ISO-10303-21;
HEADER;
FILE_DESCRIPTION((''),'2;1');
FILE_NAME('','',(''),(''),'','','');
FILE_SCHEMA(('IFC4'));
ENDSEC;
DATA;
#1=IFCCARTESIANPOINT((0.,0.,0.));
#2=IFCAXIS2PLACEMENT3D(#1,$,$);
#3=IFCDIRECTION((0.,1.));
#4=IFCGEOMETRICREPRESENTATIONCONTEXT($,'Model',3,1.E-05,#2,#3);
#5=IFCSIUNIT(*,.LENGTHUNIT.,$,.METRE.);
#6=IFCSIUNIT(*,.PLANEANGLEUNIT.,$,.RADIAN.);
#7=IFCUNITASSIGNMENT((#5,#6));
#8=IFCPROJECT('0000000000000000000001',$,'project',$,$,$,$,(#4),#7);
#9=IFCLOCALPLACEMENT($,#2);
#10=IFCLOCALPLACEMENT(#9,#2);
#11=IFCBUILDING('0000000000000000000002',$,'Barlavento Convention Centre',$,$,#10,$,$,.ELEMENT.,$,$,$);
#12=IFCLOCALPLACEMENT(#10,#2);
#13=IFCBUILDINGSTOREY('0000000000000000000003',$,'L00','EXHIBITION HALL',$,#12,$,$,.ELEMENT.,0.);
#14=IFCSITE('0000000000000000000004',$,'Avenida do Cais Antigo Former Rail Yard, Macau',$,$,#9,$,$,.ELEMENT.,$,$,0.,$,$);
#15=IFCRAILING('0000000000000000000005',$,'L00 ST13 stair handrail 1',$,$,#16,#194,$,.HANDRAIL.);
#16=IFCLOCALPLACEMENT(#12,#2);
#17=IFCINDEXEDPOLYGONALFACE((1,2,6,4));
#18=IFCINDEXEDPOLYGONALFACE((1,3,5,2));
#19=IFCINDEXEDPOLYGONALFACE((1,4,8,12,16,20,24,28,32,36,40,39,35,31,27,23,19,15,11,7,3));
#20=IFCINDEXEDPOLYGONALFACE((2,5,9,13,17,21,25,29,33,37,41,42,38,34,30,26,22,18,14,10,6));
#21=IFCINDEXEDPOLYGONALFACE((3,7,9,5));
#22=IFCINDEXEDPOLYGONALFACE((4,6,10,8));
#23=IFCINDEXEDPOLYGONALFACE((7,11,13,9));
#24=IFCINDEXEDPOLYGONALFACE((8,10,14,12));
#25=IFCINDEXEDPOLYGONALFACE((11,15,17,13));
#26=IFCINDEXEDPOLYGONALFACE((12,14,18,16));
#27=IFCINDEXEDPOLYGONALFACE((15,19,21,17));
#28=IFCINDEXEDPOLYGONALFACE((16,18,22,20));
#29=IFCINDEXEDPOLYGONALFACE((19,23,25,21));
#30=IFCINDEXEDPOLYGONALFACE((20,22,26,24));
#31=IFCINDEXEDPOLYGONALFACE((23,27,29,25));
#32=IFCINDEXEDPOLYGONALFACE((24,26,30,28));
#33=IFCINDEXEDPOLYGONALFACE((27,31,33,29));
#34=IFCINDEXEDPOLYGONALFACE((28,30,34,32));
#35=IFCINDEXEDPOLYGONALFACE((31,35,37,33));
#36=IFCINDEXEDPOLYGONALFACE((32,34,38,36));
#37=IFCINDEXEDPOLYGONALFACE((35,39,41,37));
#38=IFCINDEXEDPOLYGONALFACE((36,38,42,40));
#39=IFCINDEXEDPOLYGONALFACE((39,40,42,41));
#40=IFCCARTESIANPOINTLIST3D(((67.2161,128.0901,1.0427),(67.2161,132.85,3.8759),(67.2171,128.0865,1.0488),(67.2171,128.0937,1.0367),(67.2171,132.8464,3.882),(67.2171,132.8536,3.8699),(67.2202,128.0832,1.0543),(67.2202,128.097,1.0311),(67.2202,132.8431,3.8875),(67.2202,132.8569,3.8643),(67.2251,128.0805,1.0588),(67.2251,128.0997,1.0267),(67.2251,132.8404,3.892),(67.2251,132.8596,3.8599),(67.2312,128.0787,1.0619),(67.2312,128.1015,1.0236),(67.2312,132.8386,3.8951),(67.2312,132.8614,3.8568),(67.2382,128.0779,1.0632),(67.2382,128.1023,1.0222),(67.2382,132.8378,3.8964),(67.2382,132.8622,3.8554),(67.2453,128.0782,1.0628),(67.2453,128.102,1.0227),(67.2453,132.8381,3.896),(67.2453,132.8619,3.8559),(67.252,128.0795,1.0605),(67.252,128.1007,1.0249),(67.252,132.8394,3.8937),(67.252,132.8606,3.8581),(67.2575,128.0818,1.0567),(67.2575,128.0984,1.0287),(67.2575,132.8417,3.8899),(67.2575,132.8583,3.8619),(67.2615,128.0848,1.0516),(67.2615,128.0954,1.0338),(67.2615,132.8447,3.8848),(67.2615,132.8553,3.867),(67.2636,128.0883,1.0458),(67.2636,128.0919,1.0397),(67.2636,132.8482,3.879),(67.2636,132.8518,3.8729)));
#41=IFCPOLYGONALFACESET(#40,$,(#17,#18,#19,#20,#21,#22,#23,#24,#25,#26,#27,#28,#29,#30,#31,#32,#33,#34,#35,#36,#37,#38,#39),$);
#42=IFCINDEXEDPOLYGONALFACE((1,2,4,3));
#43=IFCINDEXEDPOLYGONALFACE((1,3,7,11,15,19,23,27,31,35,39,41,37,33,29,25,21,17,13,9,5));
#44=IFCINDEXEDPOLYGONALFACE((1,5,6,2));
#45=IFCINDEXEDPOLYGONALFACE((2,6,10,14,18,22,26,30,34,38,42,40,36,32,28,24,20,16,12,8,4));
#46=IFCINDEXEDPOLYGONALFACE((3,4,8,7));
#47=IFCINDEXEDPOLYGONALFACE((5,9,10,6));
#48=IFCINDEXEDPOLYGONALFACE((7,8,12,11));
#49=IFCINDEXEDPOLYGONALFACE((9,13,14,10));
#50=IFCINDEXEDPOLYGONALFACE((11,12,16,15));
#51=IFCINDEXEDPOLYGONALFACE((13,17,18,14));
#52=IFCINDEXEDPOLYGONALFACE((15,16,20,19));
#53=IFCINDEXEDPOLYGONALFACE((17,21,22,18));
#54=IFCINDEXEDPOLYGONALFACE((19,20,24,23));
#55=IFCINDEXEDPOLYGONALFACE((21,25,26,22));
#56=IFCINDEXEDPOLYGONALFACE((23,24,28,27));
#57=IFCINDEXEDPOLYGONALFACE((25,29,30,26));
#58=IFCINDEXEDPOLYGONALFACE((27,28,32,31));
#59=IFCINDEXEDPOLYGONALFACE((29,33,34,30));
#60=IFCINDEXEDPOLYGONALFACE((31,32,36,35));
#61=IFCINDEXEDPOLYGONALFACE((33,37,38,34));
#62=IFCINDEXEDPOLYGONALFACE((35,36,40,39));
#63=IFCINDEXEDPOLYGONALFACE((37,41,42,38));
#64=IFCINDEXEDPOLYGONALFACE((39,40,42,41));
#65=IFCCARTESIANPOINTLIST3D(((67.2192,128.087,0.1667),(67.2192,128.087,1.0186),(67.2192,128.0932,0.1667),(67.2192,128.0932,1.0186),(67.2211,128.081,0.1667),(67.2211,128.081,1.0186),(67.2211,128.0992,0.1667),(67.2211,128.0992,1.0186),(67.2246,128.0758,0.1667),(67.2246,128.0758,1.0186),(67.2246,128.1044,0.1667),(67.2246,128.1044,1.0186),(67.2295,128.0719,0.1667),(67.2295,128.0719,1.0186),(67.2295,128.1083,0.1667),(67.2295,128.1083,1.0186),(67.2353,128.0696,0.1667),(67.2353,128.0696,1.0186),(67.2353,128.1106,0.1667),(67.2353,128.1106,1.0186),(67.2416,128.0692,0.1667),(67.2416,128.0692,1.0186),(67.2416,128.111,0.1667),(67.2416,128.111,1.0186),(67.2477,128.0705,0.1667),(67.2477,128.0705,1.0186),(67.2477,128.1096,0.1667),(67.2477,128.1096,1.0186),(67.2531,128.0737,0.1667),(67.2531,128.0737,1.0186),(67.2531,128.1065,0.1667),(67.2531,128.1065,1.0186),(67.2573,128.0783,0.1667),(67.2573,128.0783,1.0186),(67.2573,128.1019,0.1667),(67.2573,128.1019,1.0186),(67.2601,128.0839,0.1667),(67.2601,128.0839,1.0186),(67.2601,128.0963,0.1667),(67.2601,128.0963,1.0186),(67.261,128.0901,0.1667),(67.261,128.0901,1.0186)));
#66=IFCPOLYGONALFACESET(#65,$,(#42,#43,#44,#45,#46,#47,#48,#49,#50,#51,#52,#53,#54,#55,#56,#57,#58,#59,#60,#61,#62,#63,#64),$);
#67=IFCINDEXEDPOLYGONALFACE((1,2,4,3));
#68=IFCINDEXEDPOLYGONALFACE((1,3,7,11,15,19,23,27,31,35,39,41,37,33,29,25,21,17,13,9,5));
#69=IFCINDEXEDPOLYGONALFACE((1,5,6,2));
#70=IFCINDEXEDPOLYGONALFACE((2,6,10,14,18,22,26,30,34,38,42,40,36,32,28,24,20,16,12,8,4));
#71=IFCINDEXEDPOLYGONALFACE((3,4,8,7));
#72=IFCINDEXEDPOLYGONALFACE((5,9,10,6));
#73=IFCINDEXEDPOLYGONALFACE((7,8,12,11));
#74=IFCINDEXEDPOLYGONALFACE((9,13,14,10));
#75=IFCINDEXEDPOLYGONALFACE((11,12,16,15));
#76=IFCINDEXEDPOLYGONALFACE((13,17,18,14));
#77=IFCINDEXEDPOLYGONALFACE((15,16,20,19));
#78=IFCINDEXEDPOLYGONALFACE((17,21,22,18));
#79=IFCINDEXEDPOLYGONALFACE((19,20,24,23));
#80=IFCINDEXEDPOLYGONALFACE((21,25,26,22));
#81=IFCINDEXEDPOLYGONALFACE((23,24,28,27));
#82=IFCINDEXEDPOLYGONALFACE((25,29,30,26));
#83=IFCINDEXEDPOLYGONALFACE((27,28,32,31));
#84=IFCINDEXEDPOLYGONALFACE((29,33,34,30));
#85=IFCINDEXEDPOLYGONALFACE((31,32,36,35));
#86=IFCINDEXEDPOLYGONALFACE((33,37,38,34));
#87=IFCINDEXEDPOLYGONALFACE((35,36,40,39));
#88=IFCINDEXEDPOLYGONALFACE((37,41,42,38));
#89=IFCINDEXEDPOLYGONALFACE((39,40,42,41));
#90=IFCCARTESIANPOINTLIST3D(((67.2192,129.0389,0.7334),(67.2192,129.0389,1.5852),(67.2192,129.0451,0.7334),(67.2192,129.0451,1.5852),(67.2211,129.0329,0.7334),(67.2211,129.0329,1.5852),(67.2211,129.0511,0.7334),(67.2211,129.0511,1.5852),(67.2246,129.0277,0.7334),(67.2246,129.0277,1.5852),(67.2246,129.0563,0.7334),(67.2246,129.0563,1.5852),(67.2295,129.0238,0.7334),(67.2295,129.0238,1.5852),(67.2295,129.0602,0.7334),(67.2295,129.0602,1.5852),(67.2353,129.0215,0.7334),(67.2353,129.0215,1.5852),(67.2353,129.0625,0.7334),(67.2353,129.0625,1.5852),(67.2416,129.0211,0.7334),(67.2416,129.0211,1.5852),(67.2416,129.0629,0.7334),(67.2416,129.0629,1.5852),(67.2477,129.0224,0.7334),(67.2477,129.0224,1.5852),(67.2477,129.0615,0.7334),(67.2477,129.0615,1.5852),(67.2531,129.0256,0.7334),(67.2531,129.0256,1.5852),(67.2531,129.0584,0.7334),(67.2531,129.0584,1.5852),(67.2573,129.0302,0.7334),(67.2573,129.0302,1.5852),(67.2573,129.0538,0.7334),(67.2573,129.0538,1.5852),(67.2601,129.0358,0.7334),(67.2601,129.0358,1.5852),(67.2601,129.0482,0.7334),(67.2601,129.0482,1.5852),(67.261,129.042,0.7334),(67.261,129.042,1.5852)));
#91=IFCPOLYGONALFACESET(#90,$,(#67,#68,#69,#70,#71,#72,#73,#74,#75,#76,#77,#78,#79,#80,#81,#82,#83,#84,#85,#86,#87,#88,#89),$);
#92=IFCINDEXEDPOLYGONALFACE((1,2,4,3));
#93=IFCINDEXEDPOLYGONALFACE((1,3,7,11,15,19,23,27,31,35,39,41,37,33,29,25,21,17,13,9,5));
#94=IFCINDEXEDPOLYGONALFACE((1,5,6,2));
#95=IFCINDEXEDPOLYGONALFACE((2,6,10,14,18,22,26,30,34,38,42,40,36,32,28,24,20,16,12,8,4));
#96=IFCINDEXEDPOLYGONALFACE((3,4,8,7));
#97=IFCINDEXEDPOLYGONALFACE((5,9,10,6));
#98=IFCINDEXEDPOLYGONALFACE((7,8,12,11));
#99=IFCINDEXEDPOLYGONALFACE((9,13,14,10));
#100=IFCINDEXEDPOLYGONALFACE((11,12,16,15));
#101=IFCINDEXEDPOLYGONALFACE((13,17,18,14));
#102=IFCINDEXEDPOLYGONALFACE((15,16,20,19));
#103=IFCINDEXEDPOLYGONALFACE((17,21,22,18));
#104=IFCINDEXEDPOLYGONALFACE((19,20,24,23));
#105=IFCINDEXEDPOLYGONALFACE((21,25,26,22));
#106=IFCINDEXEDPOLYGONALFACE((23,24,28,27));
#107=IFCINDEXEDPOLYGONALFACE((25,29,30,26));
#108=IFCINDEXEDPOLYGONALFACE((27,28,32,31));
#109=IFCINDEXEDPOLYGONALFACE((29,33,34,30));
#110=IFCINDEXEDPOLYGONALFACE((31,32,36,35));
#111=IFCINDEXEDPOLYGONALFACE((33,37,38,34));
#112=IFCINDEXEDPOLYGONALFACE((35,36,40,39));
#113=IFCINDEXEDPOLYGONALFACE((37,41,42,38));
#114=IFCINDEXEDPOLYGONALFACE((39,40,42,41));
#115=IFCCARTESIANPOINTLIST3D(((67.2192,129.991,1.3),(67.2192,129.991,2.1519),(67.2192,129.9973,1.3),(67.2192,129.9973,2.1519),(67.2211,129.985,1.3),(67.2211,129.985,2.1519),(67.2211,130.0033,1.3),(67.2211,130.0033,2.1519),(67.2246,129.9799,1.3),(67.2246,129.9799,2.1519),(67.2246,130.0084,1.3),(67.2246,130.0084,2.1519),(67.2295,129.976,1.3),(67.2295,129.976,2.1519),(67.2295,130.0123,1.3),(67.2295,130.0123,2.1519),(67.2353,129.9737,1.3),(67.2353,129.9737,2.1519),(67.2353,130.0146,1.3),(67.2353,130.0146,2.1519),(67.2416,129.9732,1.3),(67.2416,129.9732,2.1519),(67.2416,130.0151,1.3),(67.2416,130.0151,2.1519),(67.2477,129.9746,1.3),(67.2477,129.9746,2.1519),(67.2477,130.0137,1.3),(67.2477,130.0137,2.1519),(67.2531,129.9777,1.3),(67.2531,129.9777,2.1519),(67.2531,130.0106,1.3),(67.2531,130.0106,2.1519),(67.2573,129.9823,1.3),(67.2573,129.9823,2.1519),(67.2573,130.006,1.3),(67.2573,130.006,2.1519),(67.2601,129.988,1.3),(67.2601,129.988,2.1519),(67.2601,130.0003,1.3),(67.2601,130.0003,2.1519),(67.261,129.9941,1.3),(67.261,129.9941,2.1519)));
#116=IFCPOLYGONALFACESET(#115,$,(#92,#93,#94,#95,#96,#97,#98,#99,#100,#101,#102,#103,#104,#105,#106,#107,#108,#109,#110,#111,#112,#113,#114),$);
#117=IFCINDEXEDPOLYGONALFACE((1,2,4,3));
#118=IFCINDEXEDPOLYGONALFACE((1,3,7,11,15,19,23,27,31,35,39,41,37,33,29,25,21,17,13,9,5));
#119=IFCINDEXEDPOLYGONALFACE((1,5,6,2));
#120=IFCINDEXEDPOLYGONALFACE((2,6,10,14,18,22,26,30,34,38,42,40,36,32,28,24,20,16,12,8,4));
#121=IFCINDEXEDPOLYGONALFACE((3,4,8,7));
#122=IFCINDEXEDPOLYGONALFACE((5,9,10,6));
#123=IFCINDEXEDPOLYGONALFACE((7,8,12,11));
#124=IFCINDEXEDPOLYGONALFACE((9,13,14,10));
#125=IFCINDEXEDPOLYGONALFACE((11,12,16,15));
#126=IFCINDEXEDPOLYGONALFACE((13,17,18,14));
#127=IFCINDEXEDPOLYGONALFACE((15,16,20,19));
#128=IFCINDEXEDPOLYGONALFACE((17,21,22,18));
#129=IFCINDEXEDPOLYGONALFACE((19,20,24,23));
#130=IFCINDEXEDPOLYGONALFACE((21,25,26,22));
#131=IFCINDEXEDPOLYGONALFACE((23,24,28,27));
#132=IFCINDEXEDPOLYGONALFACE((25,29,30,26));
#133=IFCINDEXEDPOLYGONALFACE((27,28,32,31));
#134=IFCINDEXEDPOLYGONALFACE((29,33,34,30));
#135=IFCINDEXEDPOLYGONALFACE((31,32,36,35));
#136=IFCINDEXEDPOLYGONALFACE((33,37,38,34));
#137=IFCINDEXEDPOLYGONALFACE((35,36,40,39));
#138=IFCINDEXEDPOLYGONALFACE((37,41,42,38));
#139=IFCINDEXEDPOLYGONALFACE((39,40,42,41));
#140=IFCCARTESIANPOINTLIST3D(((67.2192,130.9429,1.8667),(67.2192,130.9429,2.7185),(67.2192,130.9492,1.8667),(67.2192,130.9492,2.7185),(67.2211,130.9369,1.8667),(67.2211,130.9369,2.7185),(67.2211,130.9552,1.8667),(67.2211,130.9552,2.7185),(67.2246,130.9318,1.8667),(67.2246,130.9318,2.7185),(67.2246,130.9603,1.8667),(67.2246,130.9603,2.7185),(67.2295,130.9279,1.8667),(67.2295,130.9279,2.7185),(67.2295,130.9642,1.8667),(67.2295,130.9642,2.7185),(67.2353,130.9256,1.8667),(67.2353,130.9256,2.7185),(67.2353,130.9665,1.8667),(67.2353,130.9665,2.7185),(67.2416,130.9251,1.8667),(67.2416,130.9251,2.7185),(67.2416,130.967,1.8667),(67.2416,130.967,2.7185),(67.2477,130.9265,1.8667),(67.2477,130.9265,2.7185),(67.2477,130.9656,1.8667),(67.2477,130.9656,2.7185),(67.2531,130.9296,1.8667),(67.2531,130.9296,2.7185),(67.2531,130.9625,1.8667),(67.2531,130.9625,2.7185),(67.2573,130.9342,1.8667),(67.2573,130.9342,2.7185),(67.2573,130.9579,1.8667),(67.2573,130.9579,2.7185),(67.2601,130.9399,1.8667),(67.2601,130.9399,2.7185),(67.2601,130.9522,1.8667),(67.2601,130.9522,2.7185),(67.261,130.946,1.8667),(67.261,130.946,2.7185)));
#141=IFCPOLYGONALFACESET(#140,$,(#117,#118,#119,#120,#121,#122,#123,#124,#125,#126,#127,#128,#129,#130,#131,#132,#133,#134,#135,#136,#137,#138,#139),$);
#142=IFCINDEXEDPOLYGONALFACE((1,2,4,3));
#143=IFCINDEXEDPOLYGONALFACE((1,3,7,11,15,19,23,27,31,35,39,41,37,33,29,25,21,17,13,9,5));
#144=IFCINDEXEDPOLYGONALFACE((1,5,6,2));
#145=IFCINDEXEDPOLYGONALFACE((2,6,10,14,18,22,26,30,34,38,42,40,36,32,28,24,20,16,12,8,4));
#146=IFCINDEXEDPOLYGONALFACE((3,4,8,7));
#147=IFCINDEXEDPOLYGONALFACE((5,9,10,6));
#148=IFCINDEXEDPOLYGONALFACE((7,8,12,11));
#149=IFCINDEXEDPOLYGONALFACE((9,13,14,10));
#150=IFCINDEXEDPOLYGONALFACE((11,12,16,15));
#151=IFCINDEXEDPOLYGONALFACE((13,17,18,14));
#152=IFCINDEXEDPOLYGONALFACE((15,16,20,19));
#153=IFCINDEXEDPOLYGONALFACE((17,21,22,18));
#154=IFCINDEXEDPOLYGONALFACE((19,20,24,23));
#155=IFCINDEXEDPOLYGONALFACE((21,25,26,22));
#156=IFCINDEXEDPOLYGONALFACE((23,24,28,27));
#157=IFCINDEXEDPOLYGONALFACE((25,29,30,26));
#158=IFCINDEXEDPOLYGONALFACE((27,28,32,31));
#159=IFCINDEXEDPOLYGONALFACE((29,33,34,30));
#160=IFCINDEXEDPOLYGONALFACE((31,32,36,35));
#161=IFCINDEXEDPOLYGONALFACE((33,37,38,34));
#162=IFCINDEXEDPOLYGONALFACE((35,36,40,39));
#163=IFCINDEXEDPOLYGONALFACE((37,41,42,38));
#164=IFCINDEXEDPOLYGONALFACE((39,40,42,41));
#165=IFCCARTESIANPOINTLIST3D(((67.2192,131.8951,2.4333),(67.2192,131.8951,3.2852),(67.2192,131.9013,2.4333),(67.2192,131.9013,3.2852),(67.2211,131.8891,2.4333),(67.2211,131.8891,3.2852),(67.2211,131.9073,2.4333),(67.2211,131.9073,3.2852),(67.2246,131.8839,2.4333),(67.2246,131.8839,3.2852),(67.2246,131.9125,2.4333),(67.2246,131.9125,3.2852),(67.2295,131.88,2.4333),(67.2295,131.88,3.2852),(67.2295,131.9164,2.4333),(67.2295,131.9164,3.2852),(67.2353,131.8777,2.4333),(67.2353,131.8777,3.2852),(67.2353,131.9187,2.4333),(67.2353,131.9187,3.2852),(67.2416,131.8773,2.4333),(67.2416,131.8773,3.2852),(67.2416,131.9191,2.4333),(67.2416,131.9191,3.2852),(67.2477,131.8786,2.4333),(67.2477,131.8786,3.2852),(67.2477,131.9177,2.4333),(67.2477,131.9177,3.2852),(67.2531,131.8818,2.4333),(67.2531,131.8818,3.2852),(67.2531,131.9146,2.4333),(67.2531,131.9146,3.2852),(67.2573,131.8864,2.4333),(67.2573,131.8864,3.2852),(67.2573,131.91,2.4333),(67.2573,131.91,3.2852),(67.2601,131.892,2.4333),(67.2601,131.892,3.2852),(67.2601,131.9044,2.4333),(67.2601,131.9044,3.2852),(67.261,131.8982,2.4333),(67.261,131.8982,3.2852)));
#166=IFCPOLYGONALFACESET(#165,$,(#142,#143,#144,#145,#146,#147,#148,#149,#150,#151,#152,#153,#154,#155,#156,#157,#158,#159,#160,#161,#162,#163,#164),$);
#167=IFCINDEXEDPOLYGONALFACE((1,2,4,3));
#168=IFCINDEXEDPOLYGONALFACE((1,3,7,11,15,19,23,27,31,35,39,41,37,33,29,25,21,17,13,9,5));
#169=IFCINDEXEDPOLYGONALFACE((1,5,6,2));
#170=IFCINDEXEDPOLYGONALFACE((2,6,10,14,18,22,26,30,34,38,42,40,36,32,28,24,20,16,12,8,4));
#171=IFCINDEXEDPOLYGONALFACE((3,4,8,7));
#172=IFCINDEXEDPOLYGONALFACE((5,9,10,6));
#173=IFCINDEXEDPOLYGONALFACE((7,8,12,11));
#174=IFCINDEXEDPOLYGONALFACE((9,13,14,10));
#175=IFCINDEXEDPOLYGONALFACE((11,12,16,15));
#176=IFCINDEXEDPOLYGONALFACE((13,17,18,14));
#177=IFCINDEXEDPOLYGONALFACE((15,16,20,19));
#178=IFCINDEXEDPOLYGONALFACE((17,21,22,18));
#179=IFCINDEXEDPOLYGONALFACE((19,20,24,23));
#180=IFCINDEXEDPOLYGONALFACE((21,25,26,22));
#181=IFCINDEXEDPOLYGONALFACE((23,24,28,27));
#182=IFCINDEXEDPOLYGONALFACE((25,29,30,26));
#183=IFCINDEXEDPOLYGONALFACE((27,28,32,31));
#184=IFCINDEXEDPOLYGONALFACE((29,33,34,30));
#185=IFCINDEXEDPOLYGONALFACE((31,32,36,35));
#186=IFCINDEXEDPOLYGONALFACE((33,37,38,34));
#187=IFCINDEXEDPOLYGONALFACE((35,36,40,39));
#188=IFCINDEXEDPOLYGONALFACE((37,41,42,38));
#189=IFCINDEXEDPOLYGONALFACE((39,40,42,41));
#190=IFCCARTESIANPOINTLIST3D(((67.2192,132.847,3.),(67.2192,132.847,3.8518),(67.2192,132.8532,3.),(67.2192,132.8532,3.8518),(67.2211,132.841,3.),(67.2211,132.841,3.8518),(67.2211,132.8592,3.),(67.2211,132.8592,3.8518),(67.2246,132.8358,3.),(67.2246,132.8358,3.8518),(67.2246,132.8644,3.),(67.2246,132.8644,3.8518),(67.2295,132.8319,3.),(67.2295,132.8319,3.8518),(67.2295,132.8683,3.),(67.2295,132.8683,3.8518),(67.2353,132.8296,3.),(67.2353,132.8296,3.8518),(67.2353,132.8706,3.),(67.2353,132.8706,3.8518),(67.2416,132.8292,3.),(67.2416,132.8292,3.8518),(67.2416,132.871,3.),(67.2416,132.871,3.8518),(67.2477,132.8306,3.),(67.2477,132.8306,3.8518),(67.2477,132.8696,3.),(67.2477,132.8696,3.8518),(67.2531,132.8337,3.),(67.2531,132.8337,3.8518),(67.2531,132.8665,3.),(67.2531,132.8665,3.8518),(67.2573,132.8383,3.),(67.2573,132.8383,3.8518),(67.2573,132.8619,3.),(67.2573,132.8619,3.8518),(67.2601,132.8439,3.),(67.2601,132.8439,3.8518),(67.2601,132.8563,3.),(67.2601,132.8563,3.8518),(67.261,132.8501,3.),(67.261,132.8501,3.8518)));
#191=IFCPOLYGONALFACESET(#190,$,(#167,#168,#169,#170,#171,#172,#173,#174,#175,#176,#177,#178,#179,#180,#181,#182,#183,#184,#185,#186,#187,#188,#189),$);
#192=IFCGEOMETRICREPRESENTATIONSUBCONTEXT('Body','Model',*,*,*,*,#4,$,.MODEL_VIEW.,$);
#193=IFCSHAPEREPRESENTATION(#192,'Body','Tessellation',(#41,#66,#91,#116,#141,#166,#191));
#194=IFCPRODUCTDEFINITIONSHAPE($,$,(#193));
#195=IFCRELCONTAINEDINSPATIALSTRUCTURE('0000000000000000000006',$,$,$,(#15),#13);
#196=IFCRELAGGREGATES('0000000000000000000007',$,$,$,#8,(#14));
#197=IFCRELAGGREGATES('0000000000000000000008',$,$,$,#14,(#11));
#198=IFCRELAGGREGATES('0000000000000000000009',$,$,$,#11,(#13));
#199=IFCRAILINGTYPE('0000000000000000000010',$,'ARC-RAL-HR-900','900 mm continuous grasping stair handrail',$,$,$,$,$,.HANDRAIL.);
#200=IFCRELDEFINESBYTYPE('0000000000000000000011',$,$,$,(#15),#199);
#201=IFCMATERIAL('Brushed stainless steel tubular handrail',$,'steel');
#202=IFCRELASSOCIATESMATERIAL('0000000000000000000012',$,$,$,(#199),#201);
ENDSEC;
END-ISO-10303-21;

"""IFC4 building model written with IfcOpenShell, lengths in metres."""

from ifc_helpers import new_model, si_unit, direction, frame, origin, origin_2d, place, context, subcontext, project, spatial, circle, extrude, material, type_object, element, save


model = new_model("IFC4")

# Units and contexts
model_context = context("Model", 3, precision=1e-05, world=origin(), true_north=direction((0.0, 1.0)))
body_context = subcontext(model_context, "Body", "Model", "MODEL_VIEW")
ifc_project = project(units=[si_unit("LENGTHUNIT", "METRE"), si_unit("PLANEANGLEUNIT", "RADIAN")], contexts=[model_context])

# Site, building, storey
site_placement = place(None, origin())
site = spatial("IfcSite", under=ifc_project, at=site_placement, Name="Avenida do Cais Antigo Former Rail Yard, Macau", CompositionType="ELEMENT", RefElevation=0.0)
building_placement = place(site_placement, origin())
building = spatial("IfcBuilding", under=site, at=building_placement, Name="Barlavento Convention Centre", CompositionType="ELEMENT")
storey_placement = place(building_placement, origin())
storey = spatial("IfcBuildingStorey", under=building, at=storey_placement, Name="L00", Description="EXHIBITION HALL", CompositionType="ELEMENT", Elevation=0.0)

# Railing
ifc_material_1 = material(Name="Brushed stainless steel tubular handrail", Category="steel")
railing_type_1 = type_object("IfcRailingType", Name="ARC-RAL-HR-900", Description="900 mm continuous grasping stair handrail", PredefinedType="HANDRAIL", material=ifc_material_1)
railing_1_placement = place(storey_placement, frame((67.24, 128.0901, 0.1667)))
element("IfcRailing", 1, at=railing_1_placement, inside=storey, type_object=railing_type_1, Name="L00 ST13 stair handrail 1", PredefinedType="HANDRAIL", context=body_context, shape_type="SweptSolid", body=[
    extrude(circle(Radius=0.0239, at=origin_2d()), frame((0.0, 0.0, 0.876), z_axis=(0.0, 0.8593, 0.511472), x_axis=(-1.0, 0.0, 0.0)), (0.0, 0.0, 1.0), 5.5393),
    extrude(circle(Radius=0.021, at=origin_2d()), origin(), (0.0, 0.0, 1.0), 0.8518),
    extrude(circle(Radius=0.021, at=origin_2d()), frame((0.0, 0.9519, 0.5667)), (0.0, 0.0, 1.0), 0.8518),
    extrude(circle(Radius=0.021, at=origin_2d()), frame((0.0, 1.9041, 1.1333)), (0.0, 0.0, 1.0), 0.8518),
    extrude(circle(Radius=0.021, at=origin_2d()), frame((0.0, 2.856, 1.7)), (0.0, 0.0, 1.0), 0.8518),
    extrude(circle(Radius=0.021, at=origin_2d()), frame((0.0, 3.8081, 2.2666)), (0.0, 0.0, 1.0), 0.8518),
    extrude(circle(Radius=0.021, at=origin_2d()), frame((0.0, 4.76, 2.8333)), (0.0, 0.0, 1.0), 0.8518),
])

save(model, "model.ifc")
